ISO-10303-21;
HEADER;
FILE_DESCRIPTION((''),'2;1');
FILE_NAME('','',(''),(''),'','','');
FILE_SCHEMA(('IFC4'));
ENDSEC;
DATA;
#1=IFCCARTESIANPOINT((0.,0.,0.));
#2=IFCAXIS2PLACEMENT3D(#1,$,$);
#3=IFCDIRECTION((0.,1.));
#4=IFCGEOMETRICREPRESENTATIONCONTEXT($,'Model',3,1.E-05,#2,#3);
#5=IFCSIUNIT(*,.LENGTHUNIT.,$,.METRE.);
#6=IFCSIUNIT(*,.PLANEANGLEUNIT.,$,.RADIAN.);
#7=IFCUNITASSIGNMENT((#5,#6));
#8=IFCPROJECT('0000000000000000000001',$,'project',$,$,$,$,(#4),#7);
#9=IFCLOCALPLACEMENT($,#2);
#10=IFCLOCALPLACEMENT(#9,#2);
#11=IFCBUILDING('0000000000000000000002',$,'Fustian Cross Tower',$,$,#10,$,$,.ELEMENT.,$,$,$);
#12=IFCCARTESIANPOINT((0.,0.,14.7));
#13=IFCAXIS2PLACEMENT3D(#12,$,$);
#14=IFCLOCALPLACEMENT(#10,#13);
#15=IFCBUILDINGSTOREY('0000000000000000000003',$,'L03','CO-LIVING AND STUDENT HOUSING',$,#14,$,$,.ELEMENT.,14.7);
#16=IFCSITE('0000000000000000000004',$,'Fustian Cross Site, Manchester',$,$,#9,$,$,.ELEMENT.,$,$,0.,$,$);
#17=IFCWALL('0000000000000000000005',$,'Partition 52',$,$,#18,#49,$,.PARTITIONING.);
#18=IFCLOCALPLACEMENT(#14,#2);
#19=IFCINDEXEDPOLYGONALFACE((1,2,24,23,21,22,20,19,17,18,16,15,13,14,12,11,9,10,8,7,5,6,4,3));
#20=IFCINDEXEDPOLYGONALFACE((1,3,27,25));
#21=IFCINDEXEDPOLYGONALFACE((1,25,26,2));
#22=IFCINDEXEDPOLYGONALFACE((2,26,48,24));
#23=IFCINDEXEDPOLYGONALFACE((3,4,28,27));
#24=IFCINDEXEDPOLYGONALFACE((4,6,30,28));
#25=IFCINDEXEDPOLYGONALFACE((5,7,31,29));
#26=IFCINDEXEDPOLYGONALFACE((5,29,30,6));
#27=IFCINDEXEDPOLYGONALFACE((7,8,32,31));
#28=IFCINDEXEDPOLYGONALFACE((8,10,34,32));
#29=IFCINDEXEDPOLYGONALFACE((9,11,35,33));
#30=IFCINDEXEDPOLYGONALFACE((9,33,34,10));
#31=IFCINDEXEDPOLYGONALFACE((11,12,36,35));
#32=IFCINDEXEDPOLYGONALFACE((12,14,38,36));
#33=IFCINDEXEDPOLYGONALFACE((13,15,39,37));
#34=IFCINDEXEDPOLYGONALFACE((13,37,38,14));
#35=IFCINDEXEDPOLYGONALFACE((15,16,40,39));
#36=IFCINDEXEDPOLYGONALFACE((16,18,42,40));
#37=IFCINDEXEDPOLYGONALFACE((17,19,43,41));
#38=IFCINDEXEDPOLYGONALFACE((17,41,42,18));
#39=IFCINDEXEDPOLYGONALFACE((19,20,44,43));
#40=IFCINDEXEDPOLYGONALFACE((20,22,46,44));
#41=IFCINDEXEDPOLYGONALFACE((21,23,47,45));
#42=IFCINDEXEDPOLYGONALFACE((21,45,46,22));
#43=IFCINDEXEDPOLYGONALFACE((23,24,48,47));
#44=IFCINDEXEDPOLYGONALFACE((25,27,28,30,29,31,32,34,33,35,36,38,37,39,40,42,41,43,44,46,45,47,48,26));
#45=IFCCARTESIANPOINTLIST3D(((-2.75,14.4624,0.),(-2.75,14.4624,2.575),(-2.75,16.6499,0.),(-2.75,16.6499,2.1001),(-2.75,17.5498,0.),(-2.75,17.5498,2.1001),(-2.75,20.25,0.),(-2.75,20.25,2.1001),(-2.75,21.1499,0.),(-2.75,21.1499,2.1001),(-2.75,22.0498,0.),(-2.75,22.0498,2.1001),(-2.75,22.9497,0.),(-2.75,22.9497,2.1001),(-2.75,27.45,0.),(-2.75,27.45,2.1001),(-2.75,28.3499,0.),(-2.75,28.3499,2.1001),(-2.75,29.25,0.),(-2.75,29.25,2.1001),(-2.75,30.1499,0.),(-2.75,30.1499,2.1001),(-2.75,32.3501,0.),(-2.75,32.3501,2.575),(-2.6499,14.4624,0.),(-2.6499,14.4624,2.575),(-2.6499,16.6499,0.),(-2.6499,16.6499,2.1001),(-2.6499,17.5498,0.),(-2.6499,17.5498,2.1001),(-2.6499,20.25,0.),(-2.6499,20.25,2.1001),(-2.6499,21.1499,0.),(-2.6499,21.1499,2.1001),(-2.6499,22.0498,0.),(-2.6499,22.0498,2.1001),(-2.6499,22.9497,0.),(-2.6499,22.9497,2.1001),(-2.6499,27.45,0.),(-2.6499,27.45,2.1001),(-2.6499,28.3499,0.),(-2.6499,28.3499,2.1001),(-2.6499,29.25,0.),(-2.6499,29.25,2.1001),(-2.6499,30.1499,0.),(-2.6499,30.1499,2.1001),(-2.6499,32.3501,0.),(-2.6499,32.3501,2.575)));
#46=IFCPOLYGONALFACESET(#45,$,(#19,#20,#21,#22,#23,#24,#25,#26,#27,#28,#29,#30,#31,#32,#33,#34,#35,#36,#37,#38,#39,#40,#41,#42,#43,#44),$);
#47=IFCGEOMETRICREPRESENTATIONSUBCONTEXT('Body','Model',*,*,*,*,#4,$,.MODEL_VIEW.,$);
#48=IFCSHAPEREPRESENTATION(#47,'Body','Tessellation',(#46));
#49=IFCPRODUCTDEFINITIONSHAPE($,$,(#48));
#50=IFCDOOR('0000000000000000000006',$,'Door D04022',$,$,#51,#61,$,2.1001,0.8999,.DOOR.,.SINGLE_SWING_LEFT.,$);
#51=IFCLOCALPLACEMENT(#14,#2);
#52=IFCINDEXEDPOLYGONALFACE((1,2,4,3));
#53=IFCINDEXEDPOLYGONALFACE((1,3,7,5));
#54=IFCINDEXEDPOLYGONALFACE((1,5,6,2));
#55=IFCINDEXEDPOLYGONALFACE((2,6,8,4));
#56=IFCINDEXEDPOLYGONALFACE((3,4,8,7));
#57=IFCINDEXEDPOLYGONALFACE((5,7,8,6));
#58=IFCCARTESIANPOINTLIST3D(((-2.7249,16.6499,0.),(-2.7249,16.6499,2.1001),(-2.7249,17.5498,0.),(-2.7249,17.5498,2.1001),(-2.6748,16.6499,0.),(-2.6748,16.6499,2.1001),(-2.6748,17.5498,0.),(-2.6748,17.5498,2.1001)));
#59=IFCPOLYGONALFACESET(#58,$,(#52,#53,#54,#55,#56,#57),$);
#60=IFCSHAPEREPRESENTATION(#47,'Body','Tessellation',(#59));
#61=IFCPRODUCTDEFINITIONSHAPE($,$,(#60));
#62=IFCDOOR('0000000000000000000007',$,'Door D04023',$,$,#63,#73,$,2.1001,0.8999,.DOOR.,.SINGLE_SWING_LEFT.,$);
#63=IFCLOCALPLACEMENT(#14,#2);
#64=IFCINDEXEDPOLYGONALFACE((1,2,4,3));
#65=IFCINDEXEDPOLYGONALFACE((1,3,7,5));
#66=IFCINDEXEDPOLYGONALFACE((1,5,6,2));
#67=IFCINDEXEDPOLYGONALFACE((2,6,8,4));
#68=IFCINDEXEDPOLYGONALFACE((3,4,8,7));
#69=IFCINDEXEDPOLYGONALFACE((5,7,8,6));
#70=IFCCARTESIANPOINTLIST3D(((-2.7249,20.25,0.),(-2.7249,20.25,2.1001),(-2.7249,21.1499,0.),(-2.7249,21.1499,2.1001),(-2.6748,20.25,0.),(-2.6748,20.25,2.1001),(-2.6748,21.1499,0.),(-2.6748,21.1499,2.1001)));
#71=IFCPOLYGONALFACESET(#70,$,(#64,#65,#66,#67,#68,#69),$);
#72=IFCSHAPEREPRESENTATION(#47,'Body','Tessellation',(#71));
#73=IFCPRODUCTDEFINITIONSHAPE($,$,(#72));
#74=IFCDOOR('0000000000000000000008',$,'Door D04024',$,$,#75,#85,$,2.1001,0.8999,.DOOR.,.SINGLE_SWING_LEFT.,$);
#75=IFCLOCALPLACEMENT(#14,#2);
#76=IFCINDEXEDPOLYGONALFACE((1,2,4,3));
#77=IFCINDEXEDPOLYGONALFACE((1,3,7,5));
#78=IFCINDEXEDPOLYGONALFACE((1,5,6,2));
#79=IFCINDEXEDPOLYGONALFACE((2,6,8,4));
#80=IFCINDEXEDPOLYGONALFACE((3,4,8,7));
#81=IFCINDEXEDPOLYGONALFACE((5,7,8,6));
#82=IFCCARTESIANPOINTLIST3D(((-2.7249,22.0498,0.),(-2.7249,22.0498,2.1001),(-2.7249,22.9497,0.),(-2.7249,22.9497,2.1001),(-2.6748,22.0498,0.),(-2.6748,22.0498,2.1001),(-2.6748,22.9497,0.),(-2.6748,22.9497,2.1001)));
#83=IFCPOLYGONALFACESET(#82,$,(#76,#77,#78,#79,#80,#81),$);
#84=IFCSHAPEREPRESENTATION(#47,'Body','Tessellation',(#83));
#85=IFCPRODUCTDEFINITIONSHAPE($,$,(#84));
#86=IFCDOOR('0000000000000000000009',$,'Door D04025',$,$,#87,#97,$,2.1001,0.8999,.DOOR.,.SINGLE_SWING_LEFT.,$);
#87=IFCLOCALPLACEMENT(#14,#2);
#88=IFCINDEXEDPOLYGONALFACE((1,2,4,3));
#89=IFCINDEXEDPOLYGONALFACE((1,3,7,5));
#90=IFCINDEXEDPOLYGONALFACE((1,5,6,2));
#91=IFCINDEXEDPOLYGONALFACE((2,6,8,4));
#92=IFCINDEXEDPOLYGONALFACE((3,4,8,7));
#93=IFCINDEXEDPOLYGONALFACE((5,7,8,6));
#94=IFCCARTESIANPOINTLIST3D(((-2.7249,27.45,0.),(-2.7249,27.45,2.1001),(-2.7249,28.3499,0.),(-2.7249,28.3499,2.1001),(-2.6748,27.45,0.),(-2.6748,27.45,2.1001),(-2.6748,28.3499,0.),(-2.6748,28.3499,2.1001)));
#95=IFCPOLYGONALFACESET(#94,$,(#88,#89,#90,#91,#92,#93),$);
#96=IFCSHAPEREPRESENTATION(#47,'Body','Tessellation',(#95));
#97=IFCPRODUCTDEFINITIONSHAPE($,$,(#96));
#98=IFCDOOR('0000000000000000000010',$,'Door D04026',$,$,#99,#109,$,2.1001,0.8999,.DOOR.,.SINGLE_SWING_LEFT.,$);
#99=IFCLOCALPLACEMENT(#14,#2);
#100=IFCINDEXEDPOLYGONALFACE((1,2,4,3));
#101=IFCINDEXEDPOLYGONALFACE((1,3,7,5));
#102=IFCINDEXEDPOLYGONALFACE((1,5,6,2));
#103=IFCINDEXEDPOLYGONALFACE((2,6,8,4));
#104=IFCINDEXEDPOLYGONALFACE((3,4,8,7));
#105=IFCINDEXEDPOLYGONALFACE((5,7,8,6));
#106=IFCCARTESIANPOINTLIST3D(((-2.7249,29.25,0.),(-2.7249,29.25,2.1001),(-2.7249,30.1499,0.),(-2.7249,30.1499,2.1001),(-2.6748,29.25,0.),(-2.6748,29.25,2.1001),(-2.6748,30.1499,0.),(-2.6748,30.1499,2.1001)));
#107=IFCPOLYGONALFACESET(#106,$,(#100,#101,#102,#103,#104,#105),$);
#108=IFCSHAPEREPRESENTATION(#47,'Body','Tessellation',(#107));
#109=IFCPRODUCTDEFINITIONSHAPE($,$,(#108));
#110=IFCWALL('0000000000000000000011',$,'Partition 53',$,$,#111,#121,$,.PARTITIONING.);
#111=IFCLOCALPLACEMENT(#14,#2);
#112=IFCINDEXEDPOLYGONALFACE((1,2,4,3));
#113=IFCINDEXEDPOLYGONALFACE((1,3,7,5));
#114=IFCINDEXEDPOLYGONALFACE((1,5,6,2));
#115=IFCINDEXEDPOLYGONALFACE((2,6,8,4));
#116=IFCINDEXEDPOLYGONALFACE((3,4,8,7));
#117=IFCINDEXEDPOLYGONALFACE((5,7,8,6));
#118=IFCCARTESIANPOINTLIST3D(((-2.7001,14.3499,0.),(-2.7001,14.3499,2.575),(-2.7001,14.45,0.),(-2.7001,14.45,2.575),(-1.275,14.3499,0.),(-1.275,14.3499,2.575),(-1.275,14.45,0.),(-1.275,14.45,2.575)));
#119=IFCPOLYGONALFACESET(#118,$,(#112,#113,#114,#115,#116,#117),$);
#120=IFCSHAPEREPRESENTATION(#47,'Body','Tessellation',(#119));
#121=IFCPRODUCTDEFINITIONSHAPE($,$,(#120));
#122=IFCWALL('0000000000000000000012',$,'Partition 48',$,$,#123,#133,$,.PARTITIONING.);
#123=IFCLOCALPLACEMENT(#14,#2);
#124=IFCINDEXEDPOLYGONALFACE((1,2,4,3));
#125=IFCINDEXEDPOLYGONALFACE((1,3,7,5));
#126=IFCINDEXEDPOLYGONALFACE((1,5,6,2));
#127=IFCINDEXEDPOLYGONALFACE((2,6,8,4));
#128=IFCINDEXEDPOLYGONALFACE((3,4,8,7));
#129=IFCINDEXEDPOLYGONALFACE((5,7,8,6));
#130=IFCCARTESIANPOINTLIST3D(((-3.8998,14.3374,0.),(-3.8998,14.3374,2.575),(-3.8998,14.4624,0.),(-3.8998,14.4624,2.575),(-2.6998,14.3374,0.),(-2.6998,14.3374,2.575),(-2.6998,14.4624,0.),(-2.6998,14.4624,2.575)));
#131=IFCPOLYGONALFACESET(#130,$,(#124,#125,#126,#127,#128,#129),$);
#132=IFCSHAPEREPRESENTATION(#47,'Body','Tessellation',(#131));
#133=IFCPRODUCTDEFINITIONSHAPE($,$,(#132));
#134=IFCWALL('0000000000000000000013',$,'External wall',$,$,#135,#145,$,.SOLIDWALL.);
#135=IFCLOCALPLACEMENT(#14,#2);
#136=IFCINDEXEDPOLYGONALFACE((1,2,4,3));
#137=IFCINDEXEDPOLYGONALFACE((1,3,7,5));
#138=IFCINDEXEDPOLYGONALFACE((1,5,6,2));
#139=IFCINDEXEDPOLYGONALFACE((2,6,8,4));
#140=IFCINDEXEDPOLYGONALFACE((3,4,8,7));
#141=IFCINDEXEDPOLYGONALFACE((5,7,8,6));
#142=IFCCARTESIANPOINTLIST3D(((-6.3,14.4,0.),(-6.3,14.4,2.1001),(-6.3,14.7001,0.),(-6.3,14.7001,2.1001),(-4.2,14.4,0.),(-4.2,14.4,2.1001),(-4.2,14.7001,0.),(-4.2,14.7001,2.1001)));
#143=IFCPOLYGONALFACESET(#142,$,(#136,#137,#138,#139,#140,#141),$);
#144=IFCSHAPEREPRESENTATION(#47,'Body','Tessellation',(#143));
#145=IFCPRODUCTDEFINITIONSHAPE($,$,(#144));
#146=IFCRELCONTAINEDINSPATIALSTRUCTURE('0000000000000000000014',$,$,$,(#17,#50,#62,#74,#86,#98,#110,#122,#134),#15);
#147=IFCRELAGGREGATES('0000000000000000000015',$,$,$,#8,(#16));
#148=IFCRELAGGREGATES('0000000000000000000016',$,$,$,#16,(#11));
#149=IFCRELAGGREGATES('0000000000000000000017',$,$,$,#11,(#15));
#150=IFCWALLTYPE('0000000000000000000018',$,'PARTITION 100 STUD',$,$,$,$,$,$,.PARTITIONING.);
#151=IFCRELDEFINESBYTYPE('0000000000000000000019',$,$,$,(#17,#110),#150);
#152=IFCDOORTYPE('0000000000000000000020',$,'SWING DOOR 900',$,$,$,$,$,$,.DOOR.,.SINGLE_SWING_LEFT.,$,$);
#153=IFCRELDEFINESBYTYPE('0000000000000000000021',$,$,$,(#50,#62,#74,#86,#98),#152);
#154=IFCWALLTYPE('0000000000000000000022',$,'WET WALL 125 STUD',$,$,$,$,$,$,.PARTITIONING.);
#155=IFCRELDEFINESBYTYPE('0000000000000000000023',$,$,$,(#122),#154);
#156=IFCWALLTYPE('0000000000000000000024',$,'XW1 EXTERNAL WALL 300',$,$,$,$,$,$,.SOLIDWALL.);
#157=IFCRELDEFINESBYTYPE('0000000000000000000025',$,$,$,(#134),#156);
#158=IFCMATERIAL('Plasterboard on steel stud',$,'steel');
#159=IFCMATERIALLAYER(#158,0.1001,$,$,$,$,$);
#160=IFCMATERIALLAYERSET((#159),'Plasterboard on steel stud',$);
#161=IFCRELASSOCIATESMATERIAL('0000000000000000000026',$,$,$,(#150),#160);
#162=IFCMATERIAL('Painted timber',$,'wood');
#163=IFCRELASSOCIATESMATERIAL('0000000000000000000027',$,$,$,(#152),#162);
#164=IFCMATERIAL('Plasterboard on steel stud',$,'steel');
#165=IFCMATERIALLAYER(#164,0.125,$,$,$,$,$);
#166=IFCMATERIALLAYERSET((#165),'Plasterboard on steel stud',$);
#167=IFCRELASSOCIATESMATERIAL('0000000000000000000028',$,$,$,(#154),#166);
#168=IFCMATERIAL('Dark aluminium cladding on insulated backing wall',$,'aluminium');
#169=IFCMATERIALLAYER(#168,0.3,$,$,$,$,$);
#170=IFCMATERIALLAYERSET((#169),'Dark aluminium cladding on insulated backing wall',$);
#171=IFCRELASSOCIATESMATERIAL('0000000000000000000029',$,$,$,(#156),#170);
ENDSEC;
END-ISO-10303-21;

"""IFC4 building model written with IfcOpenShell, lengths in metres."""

from ifc_helpers import new_model, si_unit, direction, frame, frame_2d, origin, place, context, subcontext, project, spatial, rectangle, extrude, material, layer, layer_set, type_object, element, fill, save


model = new_model("IFC4")

# Units and contexts
model_context = context("Model", 3, precision=1e-05, world=origin(), true_north=direction((0.0, 1.0)))
body_context = subcontext(model_context, "Body", "Model", "MODEL_VIEW")
ifc_project = project(units=[si_unit("LENGTHUNIT", "METRE"), si_unit("PLANEANGLEUNIT", "RADIAN")], contexts=[model_context])

# Site, building, storey
site_placement = place(None, origin())
site = spatial("IfcSite", under=ifc_project, at=site_placement, Name="Fustian Cross Site, Manchester", CompositionType="ELEMENT", RefElevation=0.0)
building_placement = place(site_placement, origin())
building = spatial("IfcBuilding", under=site, at=building_placement, Name="Fustian Cross Tower", CompositionType="ELEMENT")
storey_placement = place(building_placement, frame((0.0, 0.0, 14.7)))
storey = spatial("IfcBuildingStorey", under=building, at=storey_placement, Name="L03", Description="CO-LIVING AND STUDENT HOUSING", CompositionType="ELEMENT", Elevation=14.7)

# Shared definitions
ifc_material_1 = material(Name="Plasterboard on steel stud", Category="steel")
ifc_layer_1 = layer(ifc_material_1, 0.1001)
ifc_layer_set_1 = layer_set([ifc_layer_1], Name="Plasterboard on steel stud")
wall_type_1 = type_object("IfcWallType", Name="PARTITION 100 STUD", PredefinedType="PARTITIONING", material=ifc_layer_set_1)

# Wall, openings, doors
wall_1_placement = place(storey_placement, frame((-2.7, 14.4624, 0.0), z_axis=(0.0, 0.0, 1.0), x_axis=(0.0, 1.0, 0.0)))
wall_1 = element("IfcWall", 1, at=wall_1_placement, inside=storey, type_object=wall_type_1, Name="Partition 52", PredefinedType="PARTITIONING", context=body_context, shape_type="SweptSolid", body=[
    extrude(rectangle(XDim=17.8877, YDim=0.1001, at=frame_2d((8.9438, 0.0))), origin(), (0.0, 0.0, 1.0), 2.575),
])
opening_1_placement = place(wall_1_placement, frame((2.1875, 0.0, 0.0)))
opening_1 = element("IfcOpeningElement", 2, at=opening_1_placement, cuts=wall_1, PredefinedType="OPENING", context=body_context, shape_type="SweptSolid", body=[
    extrude(rectangle(XDim=0.8999, YDim=2.1001, at=frame_2d((0.45, 1.05))), frame((0.0, 0.0601, 0.0), z_axis=(0.0, -1.0, 0.0), x_axis=(1.0, 0.0, 0.0)), (0.0, 0.0, 1.0), 0.1201),
])
opening_2_placement = place(wall_1_placement, frame((5.7876, 0.0, 0.0)))
opening_2 = element("IfcOpeningElement", 3, at=opening_2_placement, cuts=wall_1, PredefinedType="OPENING", context=body_context, shape_type="SweptSolid", body=[
    extrude(rectangle(XDim=0.8999, YDim=2.1001, at=frame_2d((0.45, 1.05))), frame((0.0, 0.0601, 0.0), z_axis=(0.0, -1.0, 0.0), x_axis=(1.0, 0.0, 0.0)), (0.0, 0.0, 1.0), 0.1201),
])
opening_3_placement = place(wall_1_placement, frame((7.5874, 0.0, 0.0)))
opening_3 = element("IfcOpeningElement", 4, at=opening_3_placement, cuts=wall_1, PredefinedType="OPENING", context=body_context, shape_type="SweptSolid", body=[
    extrude(rectangle(XDim=0.8999, YDim=2.1001, at=frame_2d((0.45, 1.05))), frame((0.0, 0.0601, 0.0), z_axis=(0.0, -1.0, 0.0), x_axis=(1.0, 0.0, 0.0)), (0.0, 0.0, 1.0), 0.1201),
])
opening_4_placement = place(wall_1_placement, frame((12.9875, 0.0, 0.0)))
opening_4 = element("IfcOpeningElement", 5, at=opening_4_placement, cuts=wall_1, PredefinedType="OPENING", context=body_context, shape_type="SweptSolid", body=[
    extrude(rectangle(XDim=0.8999, YDim=2.1001, at=frame_2d((0.45, 1.05))), frame((0.0, 0.0601, 0.0), z_axis=(0.0, -1.0, 0.0), x_axis=(1.0, 0.0, 0.0)), (0.0, 0.0, 1.0), 0.1201),
])
opening_5_placement = place(wall_1_placement, frame((14.7876, 0.0, 0.0)))
opening_5 = element("IfcOpeningElement", 6, at=opening_5_placement, cuts=wall_1, PredefinedType="OPENING", context=body_context, shape_type="SweptSolid", body=[
    extrude(rectangle(XDim=0.8999, YDim=2.1001, at=frame_2d((0.45, 1.05))), frame((0.0, 0.0601, 0.0), z_axis=(0.0, -1.0, 0.0), x_axis=(1.0, 0.0, 0.0)), (0.0, 0.0, 1.0), 0.1201),
])
ifc_material_2 = material(Name="Painted timber", Category="wood")
door_type_1 = type_object("IfcDoorType", Name="SWING DOOR 900", OperationType="SINGLE_SWING_LEFT", PredefinedType="DOOR", material=ifc_material_2)
door_1_placement = place(opening_1_placement, origin())
door_1 = element("IfcDoor", 7, at=door_1_placement, inside=storey, type_object=door_type_1, Name="Door D04022", OperationType="SINGLE_SWING_LEFT", OverallHeight=2.1001, OverallWidth=0.8999, PredefinedType="DOOR", context=body_context, shape_type="SweptSolid", body=[
    extrude(rectangle(XDim=0.8999, YDim=2.1001, at=frame_2d((0.45, 1.05))), frame((0.0, 0.0249, 0.0), z_axis=(0.0, -1.0, 0.0), x_axis=(1.0, 0.0, 0.0)), (0.0, 0.0, 1.0), 0.05),
])
fill(opening_1, door_1)
door_2_placement = place(opening_2_placement, origin())
door_2 = element("IfcDoor", 8, at=door_2_placement, inside=storey, type_object=door_type_1, Name="Door D04023", OperationType="SINGLE_SWING_LEFT", OverallHeight=2.1001, OverallWidth=0.8999, PredefinedType="DOOR", context=body_context, shape_type="SweptSolid", body=[
    extrude(rectangle(XDim=0.8999, YDim=2.1001, at=frame_2d((0.45, 1.05))), frame((0.0, 0.0249, 0.0), z_axis=(0.0, -1.0, 0.0), x_axis=(1.0, 0.0, 0.0)), (0.0, 0.0, 1.0), 0.05),
])
fill(opening_2, door_2)
door_3_placement = place(opening_3_placement, origin())
door_3 = element("IfcDoor", 9, at=door_3_placement, inside=storey, type_object=door_type_1, Name="Door D04024", OperationType="SINGLE_SWING_LEFT", OverallHeight=2.1001, OverallWidth=0.8999, PredefinedType="DOOR", context=body_context, shape_type="SweptSolid", body=[
    extrude(rectangle(XDim=0.8999, YDim=2.1001, at=frame_2d((0.45, 1.05))), frame((0.0, 0.0249, 0.0), z_axis=(0.0, -1.0, 0.0), x_axis=(1.0, 0.0, 0.0)), (0.0, 0.0, 1.0), 0.05),
])
fill(opening_3, door_3)
door_4_placement = place(opening_4_placement, origin())
door_4 = element("IfcDoor", 10, at=door_4_placement, inside=storey, type_object=door_type_1, Name="Door D04025", OperationType="SINGLE_SWING_LEFT", OverallHeight=2.1001, OverallWidth=0.8999, PredefinedType="DOOR", context=body_context, shape_type="SweptSolid", body=[
    extrude(rectangle(XDim=0.8999, YDim=2.1001, at=frame_2d((0.45, 1.05))), frame((0.0, 0.0249, 0.0), z_axis=(0.0, -1.0, 0.0), x_axis=(1.0, 0.0, 0.0)), (0.0, 0.0, 1.0), 0.05),
])
fill(opening_4, door_4)
door_5_placement = place(opening_5_placement, origin())
door_5 = element("IfcDoor", 11, at=door_5_placement, inside=storey, type_object=door_type_1, Name="Door D04026", OperationType="SINGLE_SWING_LEFT", OverallHeight=2.1001, OverallWidth=0.8999, PredefinedType="DOOR", context=body_context, shape_type="SweptSolid", body=[
    extrude(rectangle(XDim=0.8999, YDim=2.1001, at=frame_2d((0.45, 1.05))), frame((0.0, 0.0249, 0.0), z_axis=(0.0, -1.0, 0.0), x_axis=(1.0, 0.0, 0.0)), (0.0, 0.0, 1.0), 0.05),
])
fill(opening_5, door_5)

# Walls
wall_2_placement = place(storey_placement, frame((-2.7, 14.3999, 0.0), z_axis=(0.0, 0.0, 1.0), x_axis=(1.0, 0.0, 0.0)))
element("IfcWall", 12, at=wall_2_placement, inside=storey, type_object=wall_type_1, Name="Partition 53", PredefinedType="PARTITIONING", context=body_context, shape_type="SweptSolid", body=[
    extrude(rectangle(XDim=1.425, YDim=0.1001, at=frame_2d((0.7124, 0.0))), origin(), (0.0, 0.0, 1.0), 2.575),
])
ifc_material_3 = material(Name="Plasterboard on steel stud", Category="steel")
ifc_layer_2 = layer(ifc_material_3, 0.125)
ifc_layer_set_2 = layer_set([ifc_layer_2], Name="Plasterboard on steel stud")
wall_type_2 = type_object("IfcWallType", Name="WET WALL 125 STUD", PredefinedType="PARTITIONING", material=ifc_layer_set_2)
wall_3_placement = place(storey_placement, frame((-3.8999, 14.3999, 0.0), z_axis=(0.0, 0.0, 1.0), x_axis=(1.0, 0.0, 0.0)))
element("IfcWall", 13, at=wall_3_placement, inside=storey, type_object=wall_type_2, Name="Partition 48", PredefinedType="PARTITIONING", context=body_context, shape_type="SweptSolid", body=[
    extrude(rectangle(XDim=1.2, YDim=0.125, at=frame_2d((0.6001, 0.0))), origin(), (0.0, 0.0, 1.0), 2.575),
])
ifc_material_4 = material(Name="Dark aluminium cladding on insulated backing wall", Category="aluminium")
ifc_layer_3 = layer(ifc_material_4, 0.3)
ifc_layer_set_3 = layer_set([ifc_layer_3], Name="Dark aluminium cladding on insulated backing wall")
wall_type_3 = type_object("IfcWallType", Name="XW1 EXTERNAL WALL 300", PredefinedType="SOLIDWALL", material=ifc_layer_set_3)
wall_4_placement = place(storey_placement, frame((-6.3, 14.55, 0.0), z_axis=(0.0, 0.0, 1.0), x_axis=(1.0, 0.0, 0.0)))
element("IfcWall", 14, at=wall_4_placement, inside=storey, type_object=wall_type_3, Name="External wall", PredefinedType="SOLIDWALL", context=body_context, shape_type="SweptSolid", body=[
    extrude(rectangle(XDim=2.1001, YDim=0.3, at=frame_2d((1.05, 0.0))), origin(), (0.0, 0.0, 1.0), 2.1001),
])

save(model, "model.ifc")
